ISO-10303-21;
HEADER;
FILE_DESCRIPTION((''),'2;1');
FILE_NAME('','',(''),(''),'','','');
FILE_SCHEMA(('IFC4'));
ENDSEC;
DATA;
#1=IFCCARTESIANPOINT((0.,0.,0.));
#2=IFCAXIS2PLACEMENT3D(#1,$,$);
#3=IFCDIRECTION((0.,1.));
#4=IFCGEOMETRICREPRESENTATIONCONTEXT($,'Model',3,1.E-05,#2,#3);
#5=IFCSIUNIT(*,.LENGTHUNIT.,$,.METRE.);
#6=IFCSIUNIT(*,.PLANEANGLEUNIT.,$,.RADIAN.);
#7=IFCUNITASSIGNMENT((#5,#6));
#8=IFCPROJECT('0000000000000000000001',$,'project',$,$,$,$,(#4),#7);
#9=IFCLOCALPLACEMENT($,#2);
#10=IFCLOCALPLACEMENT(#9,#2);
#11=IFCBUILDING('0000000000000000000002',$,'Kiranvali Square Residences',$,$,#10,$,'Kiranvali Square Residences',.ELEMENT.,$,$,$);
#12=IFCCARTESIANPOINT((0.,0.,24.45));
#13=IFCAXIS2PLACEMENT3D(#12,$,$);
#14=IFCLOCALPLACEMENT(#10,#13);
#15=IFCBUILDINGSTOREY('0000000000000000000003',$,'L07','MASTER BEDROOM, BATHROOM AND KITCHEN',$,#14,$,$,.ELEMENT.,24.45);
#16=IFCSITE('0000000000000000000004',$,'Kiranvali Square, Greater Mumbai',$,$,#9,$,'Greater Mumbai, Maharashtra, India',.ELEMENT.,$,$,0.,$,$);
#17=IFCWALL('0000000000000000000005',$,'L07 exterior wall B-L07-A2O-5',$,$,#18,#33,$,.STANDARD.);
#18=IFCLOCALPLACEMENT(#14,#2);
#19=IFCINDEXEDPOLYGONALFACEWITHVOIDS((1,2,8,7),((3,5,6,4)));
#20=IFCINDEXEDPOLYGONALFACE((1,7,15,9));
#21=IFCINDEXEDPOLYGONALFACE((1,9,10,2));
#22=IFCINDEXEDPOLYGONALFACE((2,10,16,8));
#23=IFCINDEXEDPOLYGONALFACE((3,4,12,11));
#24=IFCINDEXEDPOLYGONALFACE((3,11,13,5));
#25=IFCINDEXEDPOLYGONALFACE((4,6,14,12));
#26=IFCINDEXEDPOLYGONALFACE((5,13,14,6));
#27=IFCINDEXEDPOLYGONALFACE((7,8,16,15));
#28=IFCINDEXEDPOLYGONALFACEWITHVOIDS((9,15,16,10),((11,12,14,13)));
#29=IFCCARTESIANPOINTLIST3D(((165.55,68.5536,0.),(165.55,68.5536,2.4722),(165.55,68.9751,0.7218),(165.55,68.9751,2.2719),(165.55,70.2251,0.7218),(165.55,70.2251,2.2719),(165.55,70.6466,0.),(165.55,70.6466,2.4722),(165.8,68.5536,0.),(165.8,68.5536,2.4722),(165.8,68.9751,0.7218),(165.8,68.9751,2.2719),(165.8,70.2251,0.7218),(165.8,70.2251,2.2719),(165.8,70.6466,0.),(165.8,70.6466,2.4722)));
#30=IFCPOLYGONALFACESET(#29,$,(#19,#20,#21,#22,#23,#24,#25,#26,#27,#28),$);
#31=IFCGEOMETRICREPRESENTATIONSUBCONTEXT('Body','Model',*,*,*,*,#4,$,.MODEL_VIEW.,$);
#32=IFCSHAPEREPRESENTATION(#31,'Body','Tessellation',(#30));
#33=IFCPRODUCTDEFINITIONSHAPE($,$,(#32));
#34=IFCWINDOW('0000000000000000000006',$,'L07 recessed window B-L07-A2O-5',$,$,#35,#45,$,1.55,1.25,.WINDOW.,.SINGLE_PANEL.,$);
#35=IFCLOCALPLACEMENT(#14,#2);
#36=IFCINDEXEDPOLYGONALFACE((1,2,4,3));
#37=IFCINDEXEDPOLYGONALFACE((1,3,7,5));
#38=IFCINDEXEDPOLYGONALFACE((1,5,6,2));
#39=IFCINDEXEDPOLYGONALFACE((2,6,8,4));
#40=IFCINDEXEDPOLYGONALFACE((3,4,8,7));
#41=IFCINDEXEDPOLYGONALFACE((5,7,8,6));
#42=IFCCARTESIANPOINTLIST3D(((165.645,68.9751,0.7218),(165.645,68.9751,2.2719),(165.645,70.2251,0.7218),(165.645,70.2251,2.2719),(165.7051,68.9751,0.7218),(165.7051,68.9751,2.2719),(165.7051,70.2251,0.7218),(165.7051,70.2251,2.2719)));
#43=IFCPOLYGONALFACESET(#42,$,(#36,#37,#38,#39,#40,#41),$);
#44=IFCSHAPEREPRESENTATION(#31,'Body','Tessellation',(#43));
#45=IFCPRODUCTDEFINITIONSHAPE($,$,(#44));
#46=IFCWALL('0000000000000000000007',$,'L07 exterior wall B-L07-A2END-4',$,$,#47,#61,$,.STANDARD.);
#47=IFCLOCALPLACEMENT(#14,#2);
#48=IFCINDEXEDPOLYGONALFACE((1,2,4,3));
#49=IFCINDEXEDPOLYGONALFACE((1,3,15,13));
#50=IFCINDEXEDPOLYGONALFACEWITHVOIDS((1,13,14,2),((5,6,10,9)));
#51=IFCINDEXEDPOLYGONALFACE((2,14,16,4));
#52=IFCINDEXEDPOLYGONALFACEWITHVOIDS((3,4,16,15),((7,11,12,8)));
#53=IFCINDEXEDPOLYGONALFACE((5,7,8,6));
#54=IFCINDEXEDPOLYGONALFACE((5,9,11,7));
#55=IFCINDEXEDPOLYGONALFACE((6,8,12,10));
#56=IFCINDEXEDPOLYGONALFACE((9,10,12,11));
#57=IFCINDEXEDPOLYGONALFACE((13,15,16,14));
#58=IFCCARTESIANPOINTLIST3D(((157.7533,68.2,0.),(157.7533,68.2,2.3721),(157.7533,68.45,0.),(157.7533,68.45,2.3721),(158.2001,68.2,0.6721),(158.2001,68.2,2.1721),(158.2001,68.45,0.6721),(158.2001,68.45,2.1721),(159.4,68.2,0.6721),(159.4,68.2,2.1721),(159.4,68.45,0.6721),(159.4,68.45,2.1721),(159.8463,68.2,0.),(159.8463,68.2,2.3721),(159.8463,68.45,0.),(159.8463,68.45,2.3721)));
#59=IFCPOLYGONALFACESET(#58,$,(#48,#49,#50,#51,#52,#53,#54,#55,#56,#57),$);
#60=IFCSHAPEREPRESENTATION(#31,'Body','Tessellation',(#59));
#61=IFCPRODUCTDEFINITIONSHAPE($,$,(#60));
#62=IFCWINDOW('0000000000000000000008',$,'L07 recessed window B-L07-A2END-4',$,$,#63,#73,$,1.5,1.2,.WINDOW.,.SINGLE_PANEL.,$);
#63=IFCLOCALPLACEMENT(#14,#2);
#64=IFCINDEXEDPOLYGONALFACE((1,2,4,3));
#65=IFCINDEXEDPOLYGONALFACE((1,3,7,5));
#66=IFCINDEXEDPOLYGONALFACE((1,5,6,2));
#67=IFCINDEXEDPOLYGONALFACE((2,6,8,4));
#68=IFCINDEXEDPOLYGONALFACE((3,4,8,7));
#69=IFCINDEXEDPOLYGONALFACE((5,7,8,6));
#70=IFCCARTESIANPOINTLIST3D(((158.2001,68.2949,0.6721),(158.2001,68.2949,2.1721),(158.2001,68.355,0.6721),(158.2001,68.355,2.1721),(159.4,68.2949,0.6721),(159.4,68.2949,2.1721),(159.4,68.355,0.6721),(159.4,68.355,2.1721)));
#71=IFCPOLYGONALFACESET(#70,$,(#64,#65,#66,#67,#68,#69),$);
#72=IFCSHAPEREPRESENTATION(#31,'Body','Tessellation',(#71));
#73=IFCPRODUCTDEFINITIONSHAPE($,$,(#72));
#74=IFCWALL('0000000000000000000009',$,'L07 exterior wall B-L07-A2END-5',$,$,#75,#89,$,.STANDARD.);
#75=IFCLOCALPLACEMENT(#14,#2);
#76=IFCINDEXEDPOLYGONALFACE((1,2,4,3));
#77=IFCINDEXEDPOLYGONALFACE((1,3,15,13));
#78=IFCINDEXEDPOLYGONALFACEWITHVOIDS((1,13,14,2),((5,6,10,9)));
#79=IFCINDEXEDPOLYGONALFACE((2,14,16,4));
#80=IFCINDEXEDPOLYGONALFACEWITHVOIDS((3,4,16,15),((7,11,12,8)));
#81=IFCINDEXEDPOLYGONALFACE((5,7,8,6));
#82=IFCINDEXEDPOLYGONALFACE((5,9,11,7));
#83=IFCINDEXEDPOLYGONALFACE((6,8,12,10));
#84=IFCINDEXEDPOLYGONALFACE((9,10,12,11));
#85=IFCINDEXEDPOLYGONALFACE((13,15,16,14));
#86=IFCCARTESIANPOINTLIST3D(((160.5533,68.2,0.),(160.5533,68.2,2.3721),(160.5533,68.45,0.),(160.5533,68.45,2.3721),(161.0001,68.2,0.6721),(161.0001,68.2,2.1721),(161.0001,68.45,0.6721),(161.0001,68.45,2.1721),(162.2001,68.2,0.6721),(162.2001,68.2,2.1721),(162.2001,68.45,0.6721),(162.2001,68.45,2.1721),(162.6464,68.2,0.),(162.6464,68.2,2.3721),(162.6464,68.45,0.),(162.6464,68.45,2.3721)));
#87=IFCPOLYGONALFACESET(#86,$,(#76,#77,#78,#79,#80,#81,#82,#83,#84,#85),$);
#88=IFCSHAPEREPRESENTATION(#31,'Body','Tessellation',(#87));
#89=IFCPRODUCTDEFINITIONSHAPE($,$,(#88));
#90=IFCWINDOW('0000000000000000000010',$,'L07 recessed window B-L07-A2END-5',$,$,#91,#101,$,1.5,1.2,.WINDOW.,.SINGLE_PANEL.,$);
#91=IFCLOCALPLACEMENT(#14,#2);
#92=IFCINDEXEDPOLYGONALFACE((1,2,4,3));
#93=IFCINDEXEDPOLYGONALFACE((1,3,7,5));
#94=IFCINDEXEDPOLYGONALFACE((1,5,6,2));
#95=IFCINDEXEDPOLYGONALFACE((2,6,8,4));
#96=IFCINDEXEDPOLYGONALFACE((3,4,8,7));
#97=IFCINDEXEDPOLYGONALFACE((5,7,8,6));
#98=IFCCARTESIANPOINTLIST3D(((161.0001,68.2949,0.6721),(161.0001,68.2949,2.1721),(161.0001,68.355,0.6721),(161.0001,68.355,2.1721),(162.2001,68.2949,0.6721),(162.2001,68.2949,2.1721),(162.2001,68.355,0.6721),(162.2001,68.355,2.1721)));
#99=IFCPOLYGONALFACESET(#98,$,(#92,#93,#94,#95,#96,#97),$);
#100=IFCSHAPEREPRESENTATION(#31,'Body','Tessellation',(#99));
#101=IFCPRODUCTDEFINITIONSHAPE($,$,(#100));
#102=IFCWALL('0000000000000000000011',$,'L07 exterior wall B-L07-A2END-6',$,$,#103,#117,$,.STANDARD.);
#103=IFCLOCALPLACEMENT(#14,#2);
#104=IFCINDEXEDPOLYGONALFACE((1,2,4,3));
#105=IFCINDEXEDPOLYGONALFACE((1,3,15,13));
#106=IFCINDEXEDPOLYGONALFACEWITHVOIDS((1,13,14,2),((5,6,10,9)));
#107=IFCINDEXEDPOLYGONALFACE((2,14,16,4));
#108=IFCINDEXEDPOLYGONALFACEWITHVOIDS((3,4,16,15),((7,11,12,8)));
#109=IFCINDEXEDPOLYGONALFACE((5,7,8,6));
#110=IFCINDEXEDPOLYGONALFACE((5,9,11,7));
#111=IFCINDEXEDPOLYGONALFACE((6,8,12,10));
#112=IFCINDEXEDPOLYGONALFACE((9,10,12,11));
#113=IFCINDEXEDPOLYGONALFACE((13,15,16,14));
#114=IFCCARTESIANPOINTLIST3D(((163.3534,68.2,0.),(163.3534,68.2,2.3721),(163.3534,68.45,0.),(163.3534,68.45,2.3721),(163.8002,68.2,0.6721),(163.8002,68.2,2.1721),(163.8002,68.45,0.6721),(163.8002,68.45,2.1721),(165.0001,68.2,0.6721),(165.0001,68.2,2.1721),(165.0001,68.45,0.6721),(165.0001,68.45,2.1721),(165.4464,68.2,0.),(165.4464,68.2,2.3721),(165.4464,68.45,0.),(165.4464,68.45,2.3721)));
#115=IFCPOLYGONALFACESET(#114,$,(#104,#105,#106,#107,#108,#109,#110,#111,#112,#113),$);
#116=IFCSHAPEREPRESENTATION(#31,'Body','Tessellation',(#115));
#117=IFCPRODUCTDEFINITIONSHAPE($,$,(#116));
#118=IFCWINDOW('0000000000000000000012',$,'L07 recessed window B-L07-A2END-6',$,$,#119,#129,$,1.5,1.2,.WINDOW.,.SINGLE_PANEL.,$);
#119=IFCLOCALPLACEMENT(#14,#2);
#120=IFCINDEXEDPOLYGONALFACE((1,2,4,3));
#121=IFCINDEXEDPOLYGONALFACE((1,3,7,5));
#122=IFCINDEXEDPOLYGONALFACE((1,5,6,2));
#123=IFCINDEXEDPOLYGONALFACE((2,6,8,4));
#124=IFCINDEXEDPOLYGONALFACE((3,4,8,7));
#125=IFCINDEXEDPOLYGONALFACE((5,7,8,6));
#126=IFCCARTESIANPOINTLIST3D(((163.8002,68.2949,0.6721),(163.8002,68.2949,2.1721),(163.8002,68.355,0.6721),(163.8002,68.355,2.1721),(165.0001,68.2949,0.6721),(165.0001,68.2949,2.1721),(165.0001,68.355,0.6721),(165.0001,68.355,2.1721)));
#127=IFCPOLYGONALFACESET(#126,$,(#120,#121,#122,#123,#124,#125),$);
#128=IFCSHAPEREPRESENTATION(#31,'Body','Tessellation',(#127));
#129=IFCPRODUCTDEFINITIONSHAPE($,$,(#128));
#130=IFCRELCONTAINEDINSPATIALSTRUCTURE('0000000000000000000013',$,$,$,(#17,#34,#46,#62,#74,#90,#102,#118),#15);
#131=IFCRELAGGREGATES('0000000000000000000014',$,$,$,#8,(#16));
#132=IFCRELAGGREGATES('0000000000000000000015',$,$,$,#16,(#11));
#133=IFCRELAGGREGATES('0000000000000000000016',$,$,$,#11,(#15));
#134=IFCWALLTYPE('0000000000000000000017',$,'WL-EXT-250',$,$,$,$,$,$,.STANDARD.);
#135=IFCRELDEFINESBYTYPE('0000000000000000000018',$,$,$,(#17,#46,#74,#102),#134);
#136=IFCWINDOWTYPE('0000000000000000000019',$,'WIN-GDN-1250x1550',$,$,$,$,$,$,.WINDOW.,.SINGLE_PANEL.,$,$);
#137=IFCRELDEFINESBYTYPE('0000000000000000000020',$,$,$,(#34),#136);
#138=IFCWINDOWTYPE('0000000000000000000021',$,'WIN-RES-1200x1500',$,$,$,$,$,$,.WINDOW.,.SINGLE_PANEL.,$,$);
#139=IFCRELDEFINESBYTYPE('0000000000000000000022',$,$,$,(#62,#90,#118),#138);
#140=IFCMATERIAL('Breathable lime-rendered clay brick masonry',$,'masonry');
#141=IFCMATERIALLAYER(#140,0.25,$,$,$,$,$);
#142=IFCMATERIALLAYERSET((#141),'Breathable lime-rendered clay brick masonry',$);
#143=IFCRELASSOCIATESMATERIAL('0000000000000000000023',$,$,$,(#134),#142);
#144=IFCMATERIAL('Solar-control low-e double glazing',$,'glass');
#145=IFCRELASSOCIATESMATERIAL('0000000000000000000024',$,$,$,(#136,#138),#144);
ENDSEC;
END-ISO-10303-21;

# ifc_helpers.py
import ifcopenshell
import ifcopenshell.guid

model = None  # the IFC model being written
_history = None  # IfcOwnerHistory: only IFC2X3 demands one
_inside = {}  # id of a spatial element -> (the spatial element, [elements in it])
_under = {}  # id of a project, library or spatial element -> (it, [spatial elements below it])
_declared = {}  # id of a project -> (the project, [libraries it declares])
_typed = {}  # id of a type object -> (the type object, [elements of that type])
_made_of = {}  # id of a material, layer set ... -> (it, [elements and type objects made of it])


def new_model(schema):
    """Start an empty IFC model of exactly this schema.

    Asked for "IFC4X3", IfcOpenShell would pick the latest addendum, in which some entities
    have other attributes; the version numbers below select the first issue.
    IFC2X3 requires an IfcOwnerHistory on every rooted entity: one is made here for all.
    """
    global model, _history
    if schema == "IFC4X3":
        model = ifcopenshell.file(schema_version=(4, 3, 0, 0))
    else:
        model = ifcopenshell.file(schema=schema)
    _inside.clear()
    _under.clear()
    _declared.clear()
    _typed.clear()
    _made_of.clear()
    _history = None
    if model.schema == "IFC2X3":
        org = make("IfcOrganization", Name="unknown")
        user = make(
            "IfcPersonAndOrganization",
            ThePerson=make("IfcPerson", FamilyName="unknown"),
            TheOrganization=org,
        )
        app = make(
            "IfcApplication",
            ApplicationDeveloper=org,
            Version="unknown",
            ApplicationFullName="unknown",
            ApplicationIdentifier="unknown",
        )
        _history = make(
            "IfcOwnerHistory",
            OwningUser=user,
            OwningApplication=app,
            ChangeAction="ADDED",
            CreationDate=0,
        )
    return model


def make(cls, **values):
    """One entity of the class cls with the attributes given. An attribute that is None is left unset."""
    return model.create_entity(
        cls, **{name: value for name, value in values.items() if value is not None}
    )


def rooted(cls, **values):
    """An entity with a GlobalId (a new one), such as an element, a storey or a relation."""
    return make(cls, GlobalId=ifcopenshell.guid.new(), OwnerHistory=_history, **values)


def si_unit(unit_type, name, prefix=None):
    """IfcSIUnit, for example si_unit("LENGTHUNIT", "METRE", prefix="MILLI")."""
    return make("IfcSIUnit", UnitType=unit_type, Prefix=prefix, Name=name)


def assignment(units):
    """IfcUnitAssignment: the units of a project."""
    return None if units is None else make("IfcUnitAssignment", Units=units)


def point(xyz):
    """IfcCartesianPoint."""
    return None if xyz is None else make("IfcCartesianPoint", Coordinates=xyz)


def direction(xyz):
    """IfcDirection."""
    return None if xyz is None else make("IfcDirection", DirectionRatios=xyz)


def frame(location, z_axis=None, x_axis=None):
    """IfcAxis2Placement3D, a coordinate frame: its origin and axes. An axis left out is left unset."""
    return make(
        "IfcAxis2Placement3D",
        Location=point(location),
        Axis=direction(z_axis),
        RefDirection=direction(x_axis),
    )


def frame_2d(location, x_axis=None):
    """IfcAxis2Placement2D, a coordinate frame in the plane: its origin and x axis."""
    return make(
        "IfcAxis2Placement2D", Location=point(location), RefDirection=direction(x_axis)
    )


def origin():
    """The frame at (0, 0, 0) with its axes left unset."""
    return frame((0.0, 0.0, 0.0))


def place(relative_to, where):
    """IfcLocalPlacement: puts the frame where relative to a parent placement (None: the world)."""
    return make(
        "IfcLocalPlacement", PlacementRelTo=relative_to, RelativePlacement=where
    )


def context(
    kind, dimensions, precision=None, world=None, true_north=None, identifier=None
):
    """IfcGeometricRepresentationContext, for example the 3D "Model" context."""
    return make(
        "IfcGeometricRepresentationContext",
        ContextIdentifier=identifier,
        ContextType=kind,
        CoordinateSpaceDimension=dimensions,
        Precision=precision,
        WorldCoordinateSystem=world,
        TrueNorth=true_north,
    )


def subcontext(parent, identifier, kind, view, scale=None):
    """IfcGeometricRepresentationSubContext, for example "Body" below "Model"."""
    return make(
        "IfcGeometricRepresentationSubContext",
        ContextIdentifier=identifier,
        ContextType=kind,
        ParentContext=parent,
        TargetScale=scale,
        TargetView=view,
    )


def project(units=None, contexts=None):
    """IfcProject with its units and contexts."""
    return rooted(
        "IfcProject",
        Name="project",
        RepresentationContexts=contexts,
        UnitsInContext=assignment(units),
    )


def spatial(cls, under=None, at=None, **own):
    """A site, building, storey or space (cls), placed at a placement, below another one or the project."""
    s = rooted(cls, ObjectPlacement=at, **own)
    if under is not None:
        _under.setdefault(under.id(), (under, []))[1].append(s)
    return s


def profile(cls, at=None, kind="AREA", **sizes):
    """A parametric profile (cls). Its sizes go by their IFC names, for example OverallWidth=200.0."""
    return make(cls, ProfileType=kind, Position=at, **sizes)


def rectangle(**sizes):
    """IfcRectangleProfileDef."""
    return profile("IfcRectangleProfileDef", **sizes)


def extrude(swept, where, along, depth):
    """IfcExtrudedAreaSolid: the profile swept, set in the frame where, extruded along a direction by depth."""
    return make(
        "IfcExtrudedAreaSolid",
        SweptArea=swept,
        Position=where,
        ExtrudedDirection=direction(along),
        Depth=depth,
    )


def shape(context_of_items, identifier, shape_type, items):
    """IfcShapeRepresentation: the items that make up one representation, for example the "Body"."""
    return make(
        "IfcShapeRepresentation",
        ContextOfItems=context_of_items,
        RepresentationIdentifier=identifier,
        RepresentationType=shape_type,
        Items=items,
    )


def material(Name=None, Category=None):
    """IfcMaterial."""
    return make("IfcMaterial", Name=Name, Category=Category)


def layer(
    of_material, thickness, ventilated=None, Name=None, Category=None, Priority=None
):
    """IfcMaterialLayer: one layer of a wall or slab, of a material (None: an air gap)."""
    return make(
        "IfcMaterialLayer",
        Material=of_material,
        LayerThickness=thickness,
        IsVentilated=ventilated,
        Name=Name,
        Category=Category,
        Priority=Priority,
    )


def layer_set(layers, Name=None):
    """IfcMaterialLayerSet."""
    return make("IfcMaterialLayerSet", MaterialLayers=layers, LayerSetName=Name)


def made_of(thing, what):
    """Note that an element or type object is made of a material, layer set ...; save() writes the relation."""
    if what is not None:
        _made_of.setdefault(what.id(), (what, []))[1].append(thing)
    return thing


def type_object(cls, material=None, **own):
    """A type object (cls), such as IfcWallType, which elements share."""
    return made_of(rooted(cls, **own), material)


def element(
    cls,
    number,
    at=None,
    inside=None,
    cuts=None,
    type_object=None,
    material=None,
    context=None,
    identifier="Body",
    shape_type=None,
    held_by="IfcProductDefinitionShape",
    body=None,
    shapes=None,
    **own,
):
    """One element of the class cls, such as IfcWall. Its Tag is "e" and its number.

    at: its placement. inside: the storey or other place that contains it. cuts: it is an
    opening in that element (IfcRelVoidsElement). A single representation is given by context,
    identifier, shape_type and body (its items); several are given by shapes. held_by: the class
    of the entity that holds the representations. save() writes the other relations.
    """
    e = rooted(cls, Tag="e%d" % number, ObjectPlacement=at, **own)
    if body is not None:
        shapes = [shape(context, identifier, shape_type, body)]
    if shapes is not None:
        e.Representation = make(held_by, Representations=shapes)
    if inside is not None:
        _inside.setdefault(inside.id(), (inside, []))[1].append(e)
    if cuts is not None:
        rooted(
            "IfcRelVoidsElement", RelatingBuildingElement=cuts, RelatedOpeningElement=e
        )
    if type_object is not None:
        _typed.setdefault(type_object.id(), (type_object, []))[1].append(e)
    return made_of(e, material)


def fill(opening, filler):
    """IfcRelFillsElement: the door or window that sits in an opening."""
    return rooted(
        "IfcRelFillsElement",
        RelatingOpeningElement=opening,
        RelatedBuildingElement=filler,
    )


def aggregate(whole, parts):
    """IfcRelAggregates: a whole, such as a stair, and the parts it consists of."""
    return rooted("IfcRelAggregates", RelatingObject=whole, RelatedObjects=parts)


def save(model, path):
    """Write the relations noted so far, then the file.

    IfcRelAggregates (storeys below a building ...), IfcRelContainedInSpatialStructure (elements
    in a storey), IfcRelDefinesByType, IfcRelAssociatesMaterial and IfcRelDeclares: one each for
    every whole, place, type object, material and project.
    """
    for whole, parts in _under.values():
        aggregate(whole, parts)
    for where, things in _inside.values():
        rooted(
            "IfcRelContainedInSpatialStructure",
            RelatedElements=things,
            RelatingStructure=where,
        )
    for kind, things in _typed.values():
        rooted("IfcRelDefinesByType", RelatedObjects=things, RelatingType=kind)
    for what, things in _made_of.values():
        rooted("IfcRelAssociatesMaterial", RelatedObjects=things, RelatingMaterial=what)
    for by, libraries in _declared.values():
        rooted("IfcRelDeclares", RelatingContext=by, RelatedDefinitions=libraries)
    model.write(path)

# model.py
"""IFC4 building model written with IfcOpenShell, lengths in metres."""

from ifc_helpers import new_model, si_unit, direction, frame, frame_2d, origin, place, context, subcontext, project, spatial, rectangle, extrude, material, layer, layer_set, type_object, element, fill, save


model = new_model("IFC4")

# Units and contexts
model_context = context("Model", 3, precision=1e-05, world=origin(), true_north=direction((0.0, 1.0)))
body_context = subcontext(model_context, "Body", "Model", "MODEL_VIEW")
ifc_project = project(units=[si_unit("LENGTHUNIT", "METRE"), si_unit("PLANEANGLEUNIT", "RADIAN")], contexts=[model_context])

# Site, building, storey
site_placement = place(None, origin())
site = spatial("IfcSite", under=ifc_project, at=site_placement, Name="Kiranvali Square, Greater Mumbai", LongName="Greater Mumbai, Maharashtra, India", CompositionType="ELEMENT", RefElevation=0.0)
building_placement = place(site_placement, origin())
building = spatial("IfcBuilding", under=site, at=building_placement, Name="Kiranvali Square Residences", LongName="Kiranvali Square Residences", CompositionType="ELEMENT")
storey_placement = place(building_placement, frame((0.0, 0.0, 24.45)))
storey = spatial("IfcBuildingStorey", under=building, at=storey_placement, Name="L07", Description="MASTER BEDROOM, BATHROOM AND KITCHEN", CompositionType="ELEMENT", Elevation=24.45)

# Walls, openings, windows
ifc_material_1 = material(Name="Breathable lime-rendered clay brick masonry", Category="masonry")
ifc_layer = layer(ifc_material_1, 0.25)
ifc_layer_set = layer_set([ifc_layer], Name="Breathable lime-rendered clay brick masonry")
wall_type = type_object("IfcWallType", Name="WL-EXT-250", PredefinedType="STANDARD", material=ifc_layer_set)
ifc_material_2 = material(Name="Solar-control low-e double glazing", Category="glass")
window_type_1 = type_object("IfcWindowType", Name="WIN-GDN-1250x1550", PartitioningType="SINGLE_PANEL", PredefinedType="WINDOW", material=ifc_material_2)
wall_1_placement = place(storey_placement, frame((165.675, 70.6465, 0.0), z_axis=(0.0, 0.0, 1.0), x_axis=(0.0, -1.0, 0.0)))
wall_1 = element("IfcWall", 1, at=wall_1_placement, inside=storey, type_object=wall_type, Name="L07 exterior wall B-L07-A2O-5", PredefinedType="STANDARD", context=body_context, shape_type="SweptSolid", body=[
    extrude(rectangle(XDim=2.093, YDim=0.25, at=frame_2d((1.0464, 0.0))), origin(), (0.0, 0.0, 1.0), 2.4722),
])
opening_1_placement = place(wall_1_placement, frame((0.4214, 0.0, 0.7219)))
opening_1 = element("IfcOpeningElement", 2, at=opening_1_placement, cuts=wall_1, PredefinedType="OPENING", context=body_context, shape_type="SweptSolid", body=[
    extrude(rectangle(XDim=1.25, YDim=1.55, at=frame_2d((0.625, 0.7749))), frame((0.0, 0.135, 0.0), z_axis=(0.0, -1.0, 0.0), x_axis=(1.0, 0.0, 0.0)), (0.0, 0.0, 1.0), 0.27),
])
window_1_placement = place(opening_1_placement, origin())
window_1 = element("IfcWindow", 3, at=window_1_placement, inside=storey, type_object=window_type_1, Name="L07 recessed window B-L07-A2O-5", OverallHeight=1.55, OverallWidth=1.25, PartitioningType="SINGLE_PANEL", PredefinedType="WINDOW", context=body_context, shape_type="SweptSolid", body=[
    extrude(rectangle(XDim=1.25, YDim=1.55, at=frame_2d((0.625, 0.7749))), frame((0.0, 0.03, 0.0), z_axis=(0.0, -1.0, 0.0), x_axis=(1.0, 0.0, 0.0)), (0.0, 0.0, 1.0), 0.0601),
])
fill(opening_1, window_1)
wall_2_placement = place(storey_placement, frame((157.7534, 68.325, 0.0), z_axis=(0.0, 0.0, 1.0), x_axis=(1.0, 0.0, 0.0)))
wall_2 = element("IfcWall", 4, at=wall_2_placement, inside=storey, type_object=wall_type, Name="L07 exterior wall B-L07-A2END-4", PredefinedType="STANDARD", context=body_context, shape_type="SweptSolid", body=[
    extrude(rectangle(XDim=2.093, YDim=0.25, at=frame_2d((1.0464, 0.0))), origin(), (0.0, 0.0, 1.0), 2.3721),
])
opening_2_placement = place(wall_2_placement, frame((0.4465, 0.0, 0.6721)))
opening_2 = element("IfcOpeningElement", 5, at=opening_2_placement, cuts=wall_2, PredefinedType="OPENING", context=body_context, shape_type="SweptSolid", body=[
    extrude(rectangle(XDim=1.2, YDim=1.5, at=frame_2d((0.6001, 0.75))), frame((0.0, 0.135, 0.0), z_axis=(0.0, -1.0, 0.0), x_axis=(1.0, 0.0, 0.0)), (0.0, 0.0, 1.0), 0.27),
])
window_type_2 = type_object("IfcWindowType", Name="WIN-RES-1200x1500", PartitioningType="SINGLE_PANEL", PredefinedType="WINDOW", material=ifc_material_2)
window_2_placement = place(opening_2_placement, origin())
window_2 = element("IfcWindow", 6, at=window_2_placement, inside=storey, type_object=window_type_2, Name="L07 recessed window B-L07-A2END-4", OverallHeight=1.5, OverallWidth=1.2, PartitioningType="SINGLE_PANEL", PredefinedType="WINDOW", context=body_context, shape_type="SweptSolid", body=[
    extrude(rectangle(XDim=1.2, YDim=1.5, at=frame_2d((0.6001, 0.75))), frame((0.0, 0.03, 0.0), z_axis=(0.0, -1.0, 0.0), x_axis=(1.0, 0.0, 0.0)), (0.0, 0.0, 1.0), 0.0601),
])
fill(opening_2, window_2)
wall_3_placement = place(storey_placement, frame((160.5535, 68.325, 0.0), z_axis=(0.0, 0.0, 1.0), x_axis=(1.0, 0.0, 0.0)))
wall_3 = element("IfcWall", 7, at=wall_3_placement, inside=storey, type_object=wall_type, Name="L07 exterior wall B-L07-A2END-5", PredefinedType="STANDARD", context=body_context, shape_type="SweptSolid", body=[
    extrude(rectangle(XDim=2.093, YDim=0.25, at=frame_2d((1.0464, 0.0))), origin(), (0.0, 0.0, 1.0), 2.3721),
])
opening_3_placement = place(wall_3_placement, frame((0.4465, 0.0, 0.6721)))
opening_3 = element("IfcOpeningElement", 8, at=opening_3_placement, cuts=wall_3, PredefinedType="OPENING", context=body_context, shape_type="SweptSolid", body=[
    extrude(rectangle(XDim=1.2, YDim=1.5, at=frame_2d((0.6001, 0.75))), frame((0.0, 0.135, 0.0), z_axis=(0.0, -1.0, 0.0), x_axis=(1.0, 0.0, 0.0)), (0.0, 0.0, 1.0), 0.27),
])
window_3_placement = place(opening_3_placement, origin())
window_3 = element("IfcWindow", 9, at=window_3_placement, inside=storey, type_object=window_type_2, Name="L07 recessed window B-L07-A2END-5", OverallHeight=1.5, OverallWidth=1.2, PartitioningType="SINGLE_PANEL", PredefinedType="WINDOW", context=body_context, shape_type="SweptSolid", body=[
    extrude(rectangle(XDim=1.2, YDim=1.5, at=frame_2d((0.6001, 0.75))), frame((0.0, 0.03, 0.0), z_axis=(0.0, -1.0, 0.0), x_axis=(1.0, 0.0, 0.0)), (0.0, 0.0, 1.0), 0.0601),
])
fill(opening_3, window_3)
wall_4_placement = place(storey_placement, frame((163.3535, 68.325, 0.0), z_axis=(0.0, 0.0, 1.0), x_axis=(1.0, 0.0, 0.0)))
wall_4 = element("IfcWall", 10, at=wall_4_placement, inside=storey, type_object=wall_type, Name="L07 exterior wall B-L07-A2END-6", PredefinedType="STANDARD", context=body_context, shape_type="SweptSolid", body=[
    extrude(rectangle(XDim=2.093, YDim=0.25, at=frame_2d((1.0464, 0.0))), origin(), (0.0, 0.0, 1.0), 2.3721),
])
opening_4_placement = place(wall_4_placement, frame((0.4465, 0.0, 0.6721)))
opening_4 = element("IfcOpeningElement", 11, at=opening_4_placement, cuts=wall_4, PredefinedType="OPENING", context=body_context, shape_type="SweptSolid", body=[
    extrude(rectangle(XDim=1.2, YDim=1.5, at=frame_2d((0.6001, 0.75))), frame((0.0, 0.135, 0.0), z_axis=(0.0, -1.0, 0.0), x_axis=(1.0, 0.0, 0.0)), (0.0, 0.0, 1.0), 0.27),
])
window_4_placement = place(opening_4_placement, origin())
window_4 = element("IfcWindow", 12, at=window_4_placement, inside=storey, type_object=window_type_2, Name="L07 recessed window B-L07-A2END-6", OverallHeight=1.5, OverallWidth=1.2, PartitioningType="SINGLE_PANEL", PredefinedType="WINDOW", context=body_context, shape_type="SweptSolid", body=[
    extrude(rectangle(XDim=1.2, YDim=1.5, at=frame_2d((0.6001, 0.75))), frame((0.0, 0.03, 0.0), z_axis=(0.0, -1.0, 0.0), x_axis=(1.0, 0.0, 0.0)), (0.0, 0.0, 1.0), 0.0601),
])
fill(opening_4, window_4)

save(model, "model.ifc")
